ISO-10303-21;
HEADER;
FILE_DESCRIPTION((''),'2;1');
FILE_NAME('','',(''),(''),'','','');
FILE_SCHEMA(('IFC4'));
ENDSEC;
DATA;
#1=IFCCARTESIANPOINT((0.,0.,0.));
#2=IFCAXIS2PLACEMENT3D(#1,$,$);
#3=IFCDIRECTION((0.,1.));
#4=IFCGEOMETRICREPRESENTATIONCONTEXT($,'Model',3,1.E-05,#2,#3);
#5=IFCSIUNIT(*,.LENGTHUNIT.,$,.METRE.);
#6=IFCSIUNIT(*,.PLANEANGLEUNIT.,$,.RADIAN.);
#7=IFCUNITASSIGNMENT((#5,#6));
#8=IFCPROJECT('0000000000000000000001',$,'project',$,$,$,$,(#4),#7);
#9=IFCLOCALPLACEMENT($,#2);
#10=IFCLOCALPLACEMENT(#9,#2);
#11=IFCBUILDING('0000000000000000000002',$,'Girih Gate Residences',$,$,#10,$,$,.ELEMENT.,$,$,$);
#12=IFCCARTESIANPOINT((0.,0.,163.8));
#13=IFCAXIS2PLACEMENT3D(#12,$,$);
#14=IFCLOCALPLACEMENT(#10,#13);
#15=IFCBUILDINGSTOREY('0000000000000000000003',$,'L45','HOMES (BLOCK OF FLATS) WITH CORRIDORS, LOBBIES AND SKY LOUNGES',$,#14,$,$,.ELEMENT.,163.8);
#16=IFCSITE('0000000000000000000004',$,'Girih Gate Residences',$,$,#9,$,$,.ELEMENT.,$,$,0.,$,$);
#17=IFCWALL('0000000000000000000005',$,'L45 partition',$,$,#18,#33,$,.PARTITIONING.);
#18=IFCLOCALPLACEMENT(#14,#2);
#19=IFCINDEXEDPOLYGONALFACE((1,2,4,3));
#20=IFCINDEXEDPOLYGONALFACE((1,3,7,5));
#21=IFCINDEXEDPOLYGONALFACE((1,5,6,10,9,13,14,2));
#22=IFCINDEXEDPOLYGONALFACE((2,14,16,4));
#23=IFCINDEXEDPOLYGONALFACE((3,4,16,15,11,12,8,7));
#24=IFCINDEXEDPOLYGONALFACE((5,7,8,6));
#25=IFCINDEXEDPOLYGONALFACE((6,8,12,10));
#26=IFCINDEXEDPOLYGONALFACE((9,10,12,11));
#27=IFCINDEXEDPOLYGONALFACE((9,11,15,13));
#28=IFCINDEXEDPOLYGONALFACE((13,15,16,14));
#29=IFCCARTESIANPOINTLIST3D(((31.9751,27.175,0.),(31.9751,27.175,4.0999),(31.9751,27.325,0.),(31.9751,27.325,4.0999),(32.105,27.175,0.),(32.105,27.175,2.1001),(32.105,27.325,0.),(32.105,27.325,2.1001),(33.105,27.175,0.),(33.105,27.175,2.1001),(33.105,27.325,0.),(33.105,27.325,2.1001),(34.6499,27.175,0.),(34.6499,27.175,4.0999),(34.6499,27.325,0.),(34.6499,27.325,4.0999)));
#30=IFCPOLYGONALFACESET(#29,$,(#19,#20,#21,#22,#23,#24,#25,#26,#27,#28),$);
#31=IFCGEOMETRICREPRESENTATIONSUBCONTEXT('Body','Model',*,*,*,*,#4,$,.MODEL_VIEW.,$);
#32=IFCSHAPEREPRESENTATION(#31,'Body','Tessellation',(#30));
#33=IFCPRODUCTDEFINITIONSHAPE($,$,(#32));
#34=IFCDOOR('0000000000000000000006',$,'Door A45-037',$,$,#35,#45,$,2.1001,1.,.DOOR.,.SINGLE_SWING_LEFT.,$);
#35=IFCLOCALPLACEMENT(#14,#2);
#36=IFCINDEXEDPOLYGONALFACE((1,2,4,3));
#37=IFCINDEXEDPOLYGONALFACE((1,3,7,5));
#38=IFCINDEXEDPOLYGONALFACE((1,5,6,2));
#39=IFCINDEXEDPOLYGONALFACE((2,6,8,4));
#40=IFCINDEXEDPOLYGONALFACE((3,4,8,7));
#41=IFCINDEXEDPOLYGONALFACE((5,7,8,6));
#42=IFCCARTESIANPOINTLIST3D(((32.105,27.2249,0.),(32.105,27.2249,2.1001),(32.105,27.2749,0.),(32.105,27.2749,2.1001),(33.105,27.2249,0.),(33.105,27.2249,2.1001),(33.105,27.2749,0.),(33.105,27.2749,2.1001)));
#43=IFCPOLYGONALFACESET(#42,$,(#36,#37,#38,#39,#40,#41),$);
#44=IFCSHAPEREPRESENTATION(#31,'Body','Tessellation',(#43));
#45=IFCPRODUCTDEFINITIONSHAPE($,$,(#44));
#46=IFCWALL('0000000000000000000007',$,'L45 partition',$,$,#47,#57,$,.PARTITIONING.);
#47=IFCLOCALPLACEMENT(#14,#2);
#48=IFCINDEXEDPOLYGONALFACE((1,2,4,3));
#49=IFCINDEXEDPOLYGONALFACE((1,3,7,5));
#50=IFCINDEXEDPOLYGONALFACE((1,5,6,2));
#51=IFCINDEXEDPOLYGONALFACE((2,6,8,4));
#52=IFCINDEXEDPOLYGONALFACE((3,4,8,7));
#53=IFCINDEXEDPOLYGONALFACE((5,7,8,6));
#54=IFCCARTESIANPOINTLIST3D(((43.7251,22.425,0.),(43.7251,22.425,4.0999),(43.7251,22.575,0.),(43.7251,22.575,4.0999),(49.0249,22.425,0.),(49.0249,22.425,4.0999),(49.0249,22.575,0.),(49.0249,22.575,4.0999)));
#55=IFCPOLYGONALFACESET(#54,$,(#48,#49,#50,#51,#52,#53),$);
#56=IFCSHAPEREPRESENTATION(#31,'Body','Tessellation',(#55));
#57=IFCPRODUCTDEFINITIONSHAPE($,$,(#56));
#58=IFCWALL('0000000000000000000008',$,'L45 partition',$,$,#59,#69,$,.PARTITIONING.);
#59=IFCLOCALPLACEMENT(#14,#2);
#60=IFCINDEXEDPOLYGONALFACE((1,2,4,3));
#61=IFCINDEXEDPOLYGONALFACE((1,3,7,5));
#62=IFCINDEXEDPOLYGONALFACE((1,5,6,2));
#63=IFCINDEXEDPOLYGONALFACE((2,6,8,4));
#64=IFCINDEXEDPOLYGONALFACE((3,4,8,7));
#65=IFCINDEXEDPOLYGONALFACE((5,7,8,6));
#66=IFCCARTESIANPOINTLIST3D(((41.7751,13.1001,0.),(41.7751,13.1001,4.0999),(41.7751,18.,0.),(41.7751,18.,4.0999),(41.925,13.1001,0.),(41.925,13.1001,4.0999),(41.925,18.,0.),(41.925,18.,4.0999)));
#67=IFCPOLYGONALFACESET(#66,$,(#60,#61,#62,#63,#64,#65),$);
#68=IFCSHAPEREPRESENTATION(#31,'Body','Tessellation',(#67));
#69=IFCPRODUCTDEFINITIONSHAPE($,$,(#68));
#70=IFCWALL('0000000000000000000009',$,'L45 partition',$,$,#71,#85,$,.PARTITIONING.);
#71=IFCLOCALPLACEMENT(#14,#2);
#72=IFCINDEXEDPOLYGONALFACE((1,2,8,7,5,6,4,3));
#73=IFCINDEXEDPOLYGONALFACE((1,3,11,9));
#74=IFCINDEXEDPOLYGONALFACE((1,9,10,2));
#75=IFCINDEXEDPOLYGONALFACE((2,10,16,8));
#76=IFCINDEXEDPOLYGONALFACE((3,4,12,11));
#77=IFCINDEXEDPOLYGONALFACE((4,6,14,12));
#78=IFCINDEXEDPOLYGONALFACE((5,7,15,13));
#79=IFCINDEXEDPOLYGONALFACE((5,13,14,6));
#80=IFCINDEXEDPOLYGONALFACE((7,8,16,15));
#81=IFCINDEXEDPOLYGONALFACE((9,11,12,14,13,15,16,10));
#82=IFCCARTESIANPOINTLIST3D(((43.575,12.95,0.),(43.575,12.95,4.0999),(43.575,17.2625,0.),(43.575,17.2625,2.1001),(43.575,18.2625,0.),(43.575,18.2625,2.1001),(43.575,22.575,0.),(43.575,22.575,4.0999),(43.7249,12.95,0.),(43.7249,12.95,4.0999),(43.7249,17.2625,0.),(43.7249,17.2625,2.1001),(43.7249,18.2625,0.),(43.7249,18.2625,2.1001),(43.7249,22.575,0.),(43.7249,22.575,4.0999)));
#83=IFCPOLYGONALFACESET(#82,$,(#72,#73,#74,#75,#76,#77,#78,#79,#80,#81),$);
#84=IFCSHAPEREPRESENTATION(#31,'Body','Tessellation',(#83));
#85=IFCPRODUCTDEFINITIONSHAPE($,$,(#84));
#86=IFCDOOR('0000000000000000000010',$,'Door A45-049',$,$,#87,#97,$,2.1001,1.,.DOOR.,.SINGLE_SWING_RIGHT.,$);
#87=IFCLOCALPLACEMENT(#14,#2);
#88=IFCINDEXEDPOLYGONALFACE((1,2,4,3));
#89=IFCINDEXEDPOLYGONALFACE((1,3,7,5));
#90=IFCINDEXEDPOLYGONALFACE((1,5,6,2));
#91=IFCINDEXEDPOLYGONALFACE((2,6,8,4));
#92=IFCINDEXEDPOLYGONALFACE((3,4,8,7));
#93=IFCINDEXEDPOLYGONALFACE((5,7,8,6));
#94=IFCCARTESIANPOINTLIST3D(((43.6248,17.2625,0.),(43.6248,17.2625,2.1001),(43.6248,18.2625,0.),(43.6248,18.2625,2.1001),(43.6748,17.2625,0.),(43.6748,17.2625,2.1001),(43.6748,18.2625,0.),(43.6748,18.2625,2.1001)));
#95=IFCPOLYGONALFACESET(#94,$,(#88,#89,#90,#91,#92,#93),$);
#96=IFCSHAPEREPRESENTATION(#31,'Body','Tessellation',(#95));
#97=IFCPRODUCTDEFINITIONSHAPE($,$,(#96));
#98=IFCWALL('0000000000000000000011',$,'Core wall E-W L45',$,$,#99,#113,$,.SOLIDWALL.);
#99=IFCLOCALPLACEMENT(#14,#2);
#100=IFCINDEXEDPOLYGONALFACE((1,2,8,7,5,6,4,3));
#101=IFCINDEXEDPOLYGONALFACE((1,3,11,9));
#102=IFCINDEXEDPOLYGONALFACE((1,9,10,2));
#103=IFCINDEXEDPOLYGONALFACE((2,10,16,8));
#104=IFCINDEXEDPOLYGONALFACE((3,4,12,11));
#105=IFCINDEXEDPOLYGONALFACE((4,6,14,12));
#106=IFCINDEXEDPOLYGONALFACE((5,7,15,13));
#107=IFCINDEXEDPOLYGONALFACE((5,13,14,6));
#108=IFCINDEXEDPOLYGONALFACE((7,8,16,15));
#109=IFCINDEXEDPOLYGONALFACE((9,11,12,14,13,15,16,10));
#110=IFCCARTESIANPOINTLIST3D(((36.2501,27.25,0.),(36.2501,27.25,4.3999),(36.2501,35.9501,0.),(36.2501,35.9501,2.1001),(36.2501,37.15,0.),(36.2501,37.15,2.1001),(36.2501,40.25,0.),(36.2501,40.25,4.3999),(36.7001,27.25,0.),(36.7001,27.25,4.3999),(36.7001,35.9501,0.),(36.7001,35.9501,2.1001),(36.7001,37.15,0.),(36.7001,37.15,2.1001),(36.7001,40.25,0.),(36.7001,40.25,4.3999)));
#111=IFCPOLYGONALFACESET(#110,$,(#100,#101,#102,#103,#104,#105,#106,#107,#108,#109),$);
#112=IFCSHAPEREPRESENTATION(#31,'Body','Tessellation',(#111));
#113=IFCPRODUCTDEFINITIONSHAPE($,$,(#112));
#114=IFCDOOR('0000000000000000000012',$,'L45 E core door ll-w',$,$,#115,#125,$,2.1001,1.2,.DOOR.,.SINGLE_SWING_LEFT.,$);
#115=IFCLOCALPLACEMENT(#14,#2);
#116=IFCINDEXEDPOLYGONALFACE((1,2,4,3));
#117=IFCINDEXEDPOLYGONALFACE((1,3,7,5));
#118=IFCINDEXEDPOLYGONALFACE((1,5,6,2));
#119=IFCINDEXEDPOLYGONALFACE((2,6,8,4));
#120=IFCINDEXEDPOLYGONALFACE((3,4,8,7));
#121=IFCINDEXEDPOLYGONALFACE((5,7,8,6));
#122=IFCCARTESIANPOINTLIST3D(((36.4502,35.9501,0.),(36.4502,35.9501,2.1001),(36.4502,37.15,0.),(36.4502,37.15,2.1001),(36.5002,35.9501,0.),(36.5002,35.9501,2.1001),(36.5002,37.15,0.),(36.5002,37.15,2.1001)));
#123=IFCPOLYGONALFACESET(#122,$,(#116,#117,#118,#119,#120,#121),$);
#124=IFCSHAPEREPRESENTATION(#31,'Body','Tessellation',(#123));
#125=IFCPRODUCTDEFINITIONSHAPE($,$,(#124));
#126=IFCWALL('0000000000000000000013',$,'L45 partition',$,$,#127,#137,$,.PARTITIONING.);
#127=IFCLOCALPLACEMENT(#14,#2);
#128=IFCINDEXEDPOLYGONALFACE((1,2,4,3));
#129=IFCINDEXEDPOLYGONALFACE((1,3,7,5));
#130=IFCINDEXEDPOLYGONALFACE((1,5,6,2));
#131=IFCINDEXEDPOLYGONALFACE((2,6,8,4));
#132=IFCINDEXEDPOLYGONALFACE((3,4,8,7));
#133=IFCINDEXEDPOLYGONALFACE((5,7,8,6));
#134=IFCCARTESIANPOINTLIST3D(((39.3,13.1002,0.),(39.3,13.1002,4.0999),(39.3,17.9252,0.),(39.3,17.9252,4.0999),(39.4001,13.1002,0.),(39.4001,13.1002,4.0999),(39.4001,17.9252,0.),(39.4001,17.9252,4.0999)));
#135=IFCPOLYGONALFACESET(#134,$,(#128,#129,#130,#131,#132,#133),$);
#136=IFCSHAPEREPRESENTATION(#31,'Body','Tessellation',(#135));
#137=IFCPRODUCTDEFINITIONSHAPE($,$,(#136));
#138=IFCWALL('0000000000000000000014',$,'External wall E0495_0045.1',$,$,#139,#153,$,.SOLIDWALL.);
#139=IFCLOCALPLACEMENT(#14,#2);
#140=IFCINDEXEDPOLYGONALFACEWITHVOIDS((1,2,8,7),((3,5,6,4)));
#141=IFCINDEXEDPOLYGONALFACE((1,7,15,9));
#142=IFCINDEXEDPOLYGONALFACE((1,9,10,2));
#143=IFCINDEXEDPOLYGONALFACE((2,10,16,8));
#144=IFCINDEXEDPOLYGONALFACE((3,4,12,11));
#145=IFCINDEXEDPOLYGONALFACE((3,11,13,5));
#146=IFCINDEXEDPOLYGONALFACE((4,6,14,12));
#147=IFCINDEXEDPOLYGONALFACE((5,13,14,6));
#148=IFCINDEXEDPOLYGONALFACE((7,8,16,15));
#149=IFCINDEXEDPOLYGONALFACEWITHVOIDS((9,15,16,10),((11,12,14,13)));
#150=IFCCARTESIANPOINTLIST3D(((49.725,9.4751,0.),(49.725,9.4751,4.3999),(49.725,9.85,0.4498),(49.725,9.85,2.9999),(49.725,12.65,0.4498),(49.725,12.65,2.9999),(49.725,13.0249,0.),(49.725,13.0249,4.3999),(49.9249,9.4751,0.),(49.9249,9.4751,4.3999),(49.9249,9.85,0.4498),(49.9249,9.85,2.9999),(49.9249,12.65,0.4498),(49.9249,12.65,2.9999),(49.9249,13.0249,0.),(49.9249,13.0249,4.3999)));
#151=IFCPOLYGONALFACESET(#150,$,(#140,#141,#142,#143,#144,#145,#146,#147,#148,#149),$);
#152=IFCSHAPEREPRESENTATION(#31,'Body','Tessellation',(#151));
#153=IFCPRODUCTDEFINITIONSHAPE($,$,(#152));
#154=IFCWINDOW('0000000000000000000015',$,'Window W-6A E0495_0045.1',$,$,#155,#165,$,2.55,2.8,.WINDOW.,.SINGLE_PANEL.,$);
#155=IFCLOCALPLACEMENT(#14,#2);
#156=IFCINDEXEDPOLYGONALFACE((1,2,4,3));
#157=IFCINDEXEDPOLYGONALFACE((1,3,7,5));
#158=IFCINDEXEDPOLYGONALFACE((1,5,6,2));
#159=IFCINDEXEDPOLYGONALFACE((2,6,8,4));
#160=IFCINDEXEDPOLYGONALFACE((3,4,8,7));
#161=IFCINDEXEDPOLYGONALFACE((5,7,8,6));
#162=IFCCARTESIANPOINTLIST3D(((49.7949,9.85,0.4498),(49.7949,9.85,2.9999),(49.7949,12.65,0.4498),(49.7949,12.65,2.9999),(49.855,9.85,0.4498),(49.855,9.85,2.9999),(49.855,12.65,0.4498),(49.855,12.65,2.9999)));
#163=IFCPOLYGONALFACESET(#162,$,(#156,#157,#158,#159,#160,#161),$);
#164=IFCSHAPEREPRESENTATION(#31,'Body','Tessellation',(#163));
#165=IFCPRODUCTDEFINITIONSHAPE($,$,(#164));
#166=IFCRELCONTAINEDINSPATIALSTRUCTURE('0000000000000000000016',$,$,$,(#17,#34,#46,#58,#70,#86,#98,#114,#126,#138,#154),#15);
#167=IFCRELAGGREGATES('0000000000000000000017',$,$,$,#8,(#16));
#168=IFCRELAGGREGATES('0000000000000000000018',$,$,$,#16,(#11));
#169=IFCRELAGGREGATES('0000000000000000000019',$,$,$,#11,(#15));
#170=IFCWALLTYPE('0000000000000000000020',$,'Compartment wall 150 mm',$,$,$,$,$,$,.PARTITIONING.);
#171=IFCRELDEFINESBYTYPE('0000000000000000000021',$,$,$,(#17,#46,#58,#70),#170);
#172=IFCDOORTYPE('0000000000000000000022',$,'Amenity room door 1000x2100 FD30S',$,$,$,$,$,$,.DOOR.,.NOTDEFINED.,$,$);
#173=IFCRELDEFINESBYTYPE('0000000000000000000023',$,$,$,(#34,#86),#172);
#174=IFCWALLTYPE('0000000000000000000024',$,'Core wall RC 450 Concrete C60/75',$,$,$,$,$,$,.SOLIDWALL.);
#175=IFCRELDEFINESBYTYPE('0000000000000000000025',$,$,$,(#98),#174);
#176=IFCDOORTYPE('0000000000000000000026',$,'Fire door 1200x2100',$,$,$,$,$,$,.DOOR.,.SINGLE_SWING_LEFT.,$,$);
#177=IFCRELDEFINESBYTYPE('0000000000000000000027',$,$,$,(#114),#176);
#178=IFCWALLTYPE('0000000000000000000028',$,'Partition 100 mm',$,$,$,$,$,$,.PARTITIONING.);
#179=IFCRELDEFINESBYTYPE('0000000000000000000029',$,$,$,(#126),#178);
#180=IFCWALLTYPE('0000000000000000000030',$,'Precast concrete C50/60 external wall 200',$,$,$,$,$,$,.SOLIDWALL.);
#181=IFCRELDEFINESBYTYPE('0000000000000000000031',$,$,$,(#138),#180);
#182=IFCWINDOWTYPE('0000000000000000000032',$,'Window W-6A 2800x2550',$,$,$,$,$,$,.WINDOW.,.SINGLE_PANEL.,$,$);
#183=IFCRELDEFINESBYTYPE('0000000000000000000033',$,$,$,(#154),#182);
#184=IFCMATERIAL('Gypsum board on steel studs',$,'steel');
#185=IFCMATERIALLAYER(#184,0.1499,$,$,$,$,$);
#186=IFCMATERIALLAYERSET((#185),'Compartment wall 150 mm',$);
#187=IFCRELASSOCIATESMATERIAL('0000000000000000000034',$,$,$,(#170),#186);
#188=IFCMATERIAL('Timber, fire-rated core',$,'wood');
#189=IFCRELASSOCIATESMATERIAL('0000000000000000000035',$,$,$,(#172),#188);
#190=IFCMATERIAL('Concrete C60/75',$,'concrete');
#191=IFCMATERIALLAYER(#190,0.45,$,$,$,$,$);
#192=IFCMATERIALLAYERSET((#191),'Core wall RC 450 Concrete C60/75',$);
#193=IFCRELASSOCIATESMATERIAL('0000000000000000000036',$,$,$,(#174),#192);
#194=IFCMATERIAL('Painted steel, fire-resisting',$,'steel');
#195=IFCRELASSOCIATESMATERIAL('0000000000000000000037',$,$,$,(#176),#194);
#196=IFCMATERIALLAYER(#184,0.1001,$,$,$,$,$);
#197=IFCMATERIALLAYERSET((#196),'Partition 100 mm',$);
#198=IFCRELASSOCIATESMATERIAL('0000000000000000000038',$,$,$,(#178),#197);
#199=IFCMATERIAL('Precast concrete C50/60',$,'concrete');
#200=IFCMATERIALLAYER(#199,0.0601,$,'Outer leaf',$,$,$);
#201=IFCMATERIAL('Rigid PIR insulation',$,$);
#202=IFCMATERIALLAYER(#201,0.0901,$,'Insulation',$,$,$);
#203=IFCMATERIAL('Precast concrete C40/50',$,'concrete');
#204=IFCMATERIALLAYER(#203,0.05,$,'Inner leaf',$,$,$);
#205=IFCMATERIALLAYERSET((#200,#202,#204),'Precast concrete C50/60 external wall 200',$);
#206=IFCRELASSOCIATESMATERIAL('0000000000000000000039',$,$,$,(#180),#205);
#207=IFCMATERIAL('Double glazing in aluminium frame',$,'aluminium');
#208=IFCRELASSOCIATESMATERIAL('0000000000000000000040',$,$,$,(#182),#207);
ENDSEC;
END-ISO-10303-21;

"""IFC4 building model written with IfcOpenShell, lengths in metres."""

from ifc_helpers import new_model, si_unit, direction, frame, frame_2d, origin, place, context, subcontext, project, spatial, rectangle, extrude, material, layer, layer_set, type_object, element, fill, save


model = new_model("IFC4")

# Units and contexts
model_context = context("Model", 3, precision=1e-05, world=origin(), true_north=direction((0.0, 1.0)))
body_context = subcontext(model_context, "Body", "Model", "MODEL_VIEW")
ifc_project = project(units=[si_unit("LENGTHUNIT", "METRE"), si_unit("PLANEANGLEUNIT", "RADIAN")], contexts=[model_context])

# Site, building, storey
site_placement = place(None, origin())
site = spatial("IfcSite", under=ifc_project, at=site_placement, Name="Girih Gate Residences", CompositionType="ELEMENT", RefElevation=0.0)
building_placement = place(site_placement, origin())
building = spatial("IfcBuilding", under=site, at=building_placement, Name="Girih Gate Residences", CompositionType="ELEMENT")
storey_placement = place(building_placement, frame((0.0, 0.0, 163.8)))
storey = spatial("IfcBuildingStorey", under=building, at=storey_placement, Name="L45", Description="HOMES (BLOCK OF FLATS) WITH CORRIDORS, LOBBIES AND SKY LOUNGES", CompositionType="ELEMENT", Elevation=163.8)

# Shared definitions
ifc_material_1 = material(Name="Concrete C60/75", Category="concrete")

# Shared definitions
ifc_material_2 = material(Name="Gypsum board on steel studs", Category="steel")
ifc_layer_1 = layer(ifc_material_2, 0.1499)
ifc_layer_set_1 = layer_set([ifc_layer_1], Name="Compartment wall 150 mm")
wall_type_1 = type_object("IfcWallType", Name="Compartment wall 150 mm", PredefinedType="PARTITIONING", material=ifc_layer_set_1)
ifc_material_3 = material(Name="Timber, fire-rated core", Category="wood")
door_type_1 = type_object("IfcDoorType", Name="Amenity room door 1000x2100 FD30S", OperationType="NOTDEFINED", PredefinedType="DOOR", material=ifc_material_3)

# Wall, opening, door
wall_1_placement = place(storey_placement, frame((31.9751, 27.25, 0.0), z_axis=(0.0, 0.0, 1.0), x_axis=(1.0, 0.0, 0.0)))
wall_1 = element("IfcWall", 1, at=wall_1_placement, inside=storey, type_object=wall_type_1, Name="L45 partition", PredefinedType="PARTITIONING", context=body_context, shape_type="SweptSolid", body=[
    extrude(rectangle(XDim=2.6748, YDim=0.1499, at=frame_2d((1.3374, 0.0))), origin(), (0.0, 0.0, 1.0), 4.0999),
])
opening_1_placement = place(wall_1_placement, frame((0.1299, 0.0, 0.0)))
opening_1 = element("IfcOpeningElement", 2, at=opening_1_placement, cuts=wall_1, PredefinedType="OPENING", context=body_context, shape_type="SweptSolid", body=[
    extrude(rectangle(XDim=1.0, YDim=2.1001, at=frame_2d((0.5, 1.05))), frame((0.0, 0.085, 0.0), z_axis=(0.0, -1.0, 0.0), x_axis=(1.0, 0.0, 0.0)), (0.0, 0.0, 1.0), 0.1699),
])
door_1_placement = place(opening_1_placement, origin())
door_1 = element("IfcDoor", 3, at=door_1_placement, inside=storey, type_object=door_type_1, Name="Door A45-037", OperationType="SINGLE_SWING_LEFT", OverallHeight=2.1001, OverallWidth=1.0, PredefinedType="DOOR", context=body_context, shape_type="SweptSolid", body=[
    extrude(rectangle(XDim=1.0, YDim=2.1001, at=frame_2d((0.5, 1.05))), frame((0.0, 0.0249, 0.0), z_axis=(0.0, -1.0, 0.0), x_axis=(1.0, 0.0, 0.0)), (0.0, 0.0, 1.0), 0.05),
])
fill(opening_1, door_1)

# Walls
wall_2_placement = place(storey_placement, frame((43.7251, 22.5, 0.0), z_axis=(0.0, 0.0, 1.0), x_axis=(1.0, 0.0, 0.0)))
element("IfcWall", 4, at=wall_2_placement, inside=storey, type_object=wall_type_1, Name="L45 partition", PredefinedType="PARTITIONING", context=body_context, shape_type="SweptSolid", body=[
    extrude(rectangle(XDim=5.2998, YDim=0.1499, at=frame_2d((2.6499, 0.0))), origin(), (0.0, 0.0, 1.0), 4.0999),
])
wall_3_placement = place(storey_placement, frame((41.8501, 13.1001, 0.0), z_axis=(0.0, 0.0, 1.0), x_axis=(0.0, 1.0, 0.0)))
element("IfcWall", 5, at=wall_3_placement, inside=storey, type_object=wall_type_1, Name="L45 partition", PredefinedType="PARTITIONING", context=body_context, shape_type="SweptSolid", body=[
    extrude(rectangle(XDim=4.8999, YDim=0.1499, at=frame_2d((2.45, 0.0))), origin(), (0.0, 0.0, 1.0), 4.0999),
])

# Walls, openings, doors
wall_4_placement = place(storey_placement, frame((43.6499, 22.575, 0.0), z_axis=(0.0, 0.0, 1.0), x_axis=(0.0, -1.0, 0.0)))
wall_4 = element("IfcWall", 6, at=wall_4_placement, inside=storey, type_object=wall_type_1, Name="L45 partition", PredefinedType="PARTITIONING", context=body_context, shape_type="SweptSolid", body=[
    extrude(rectangle(XDim=9.625, YDim=0.1499, at=frame_2d((4.8125, 0.0))), origin(), (0.0, 0.0, 1.0), 4.0999),
])
opening_2_placement = place(wall_4_placement, frame((4.3125, 0.0, 0.0)))
opening_2 = element("IfcOpeningElement", 7, at=opening_2_placement, cuts=wall_4, PredefinedType="OPENING", context=body_context, shape_type="SweptSolid", body=[
    extrude(rectangle(XDim=1.0, YDim=2.1001, at=frame_2d((0.5, 1.05))), frame((0.0, 0.085, 0.0), z_axis=(0.0, -1.0, 0.0), x_axis=(1.0, 0.0, 0.0)), (0.0, 0.0, 1.0), 0.1699),
])
door_2_placement = place(opening_2_placement, origin())
door_2 = element("IfcDoor", 8, at=door_2_placement, inside=storey, type_object=door_type_1, Name="Door A45-049", OperationType="SINGLE_SWING_RIGHT", OverallHeight=2.1001, OverallWidth=1.0, PredefinedType="DOOR", context=body_context, shape_type="SweptSolid", body=[
    extrude(rectangle(XDim=1.0, YDim=2.1001, at=frame_2d((0.5, 1.05))), frame((0.0, 0.0249, 0.0), z_axis=(0.0, -1.0, 0.0), x_axis=(1.0, 0.0, 0.0)), (0.0, 0.0, 1.0), 0.05),
])
fill(opening_2, door_2)
ifc_layer_2 = layer(ifc_material_1, 0.45)
ifc_layer_set_2 = layer_set([ifc_layer_2], Name="Core wall RC 450 Concrete C60/75")
wall_type_2 = type_object("IfcWallType", Name="Core wall RC 450 Concrete C60/75", PredefinedType="SOLIDWALL", material=ifc_layer_set_2)
wall_5_placement = place(storey_placement, frame((36.4751, 27.25, 0.0), z_axis=(0.0, 0.0, 1.0), x_axis=(0.0, 1.0, 0.0)))
wall_5 = element("IfcWall", 9, at=wall_5_placement, inside=storey, type_object=wall_type_2, Name="Core wall E-W L45", PredefinedType="SOLIDWALL", context=body_context, shape_type="SweptSolid", body=[
    extrude(rectangle(XDim=13.0, YDim=0.45, at=frame_2d((6.5, 0.0))), origin(), (0.0, 0.0, 1.0), 4.3999),
])
opening_3_placement = place(wall_5_placement, frame((8.7, 0.0, 0.0)))
opening_3 = element("IfcOpeningElement", 10, at=opening_3_placement, cuts=wall_5, PredefinedType="OPENING", context=body_context, shape_type="SweptSolid", body=[
    extrude(rectangle(XDim=1.2, YDim=2.1001, at=frame_2d((0.6001, 1.05))), frame((0.0, 0.2349, 0.0), z_axis=(0.0, -1.0, 0.0), x_axis=(1.0, 0.0, 0.0)), (0.0, 0.0, 1.0), 0.47),
])
ifc_material_4 = material(Name="Painted steel, fire-resisting", Category="steel")
door_type_2 = type_object("IfcDoorType", Name="Fire door 1200x2100", OperationType="SINGLE_SWING_LEFT", PredefinedType="DOOR", material=ifc_material_4)
door_3_placement = place(opening_3_placement, origin())
door_3 = element("IfcDoor", 11, at=door_3_placement, inside=storey, type_object=door_type_2, Name="L45 E core door ll-w", OperationType="SINGLE_SWING_LEFT", OverallHeight=2.1001, OverallWidth=1.2, PredefinedType="DOOR", context=body_context, shape_type="SweptSolid", body=[
    extrude(rectangle(XDim=1.2, YDim=2.1001, at=frame_2d((0.6001, 1.05))), frame((0.0, 0.0249, 0.0), z_axis=(0.0, -1.0, 0.0), x_axis=(1.0, 0.0, 0.0)), (0.0, 0.0, 1.0), 0.05),
])
fill(opening_3, door_3)

# Wall
ifc_layer_3 = layer(ifc_material_2, 0.1001)
ifc_layer_set_3 = layer_set([ifc_layer_3], Name="Partition 100 mm")
wall_type_3 = type_object("IfcWallType", Name="Partition 100 mm", PredefinedType="PARTITIONING", material=ifc_layer_set_3)
wall_6_placement = place(storey_placement, frame((39.3501, 13.1001, 0.0), z_axis=(0.0, 0.0, 1.0), x_axis=(0.0, 1.0, 0.0)))
element("IfcWall", 12, at=wall_6_placement, inside=storey, type_object=wall_type_3, Name="L45 partition", PredefinedType="PARTITIONING", context=body_context, shape_type="SweptSolid", body=[
    extrude(rectangle(XDim=4.825, YDim=0.1001, at=frame_2d((2.4126, 0.0))), origin(), (0.0, 0.0, 1.0), 4.0999),
])

# Wall, opening, window
ifc_material_5 = material(Name="Precast concrete C50/60", Category="concrete")
ifc_layer_4 = layer(ifc_material_5, 0.0601, Name="Outer leaf")
ifc_material_6 = material(Name="Rigid PIR insulation")
ifc_layer_5 = layer(ifc_material_6, 0.0901, Name="Insulation")
ifc_material_7 = material(Name="Precast concrete C40/50", Category="concrete")
ifc_layer_6 = layer(ifc_material_7, 0.05, Name="Inner leaf")
ifc_layer_set_4 = layer_set([ifc_layer_4, ifc_layer_5, ifc_layer_6], Name="Precast concrete C50/60 external wall 200")
wall_type_4 = type_object("IfcWallType", Name="Precast concrete C50/60 external wall 200", PredefinedType="SOLIDWALL", material=ifc_layer_set_4)
wall_7_placement = place(storey_placement, frame((49.825, 13.0249, 0.0), z_axis=(0.0, 0.0, 1.0), x_axis=(0.0, -1.0, 0.0)))
wall_7 = element("IfcWall", 13, at=wall_7_placement, inside=storey, type_object=wall_type_4, Name="External wall E0495_0045.1", PredefinedType="SOLIDWALL", context=body_context, shape_type="SweptSolid", body=[
    extrude(rectangle(XDim=3.5498, YDim=0.2, at=frame_2d((1.7749, 0.0))), origin(), (0.0, 0.0, 1.0), 4.3999),
])
opening_4_placement = place(wall_7_placement, frame((0.375, 0.0, 0.45)))
opening_4 = element("IfcOpeningElement", 14, at=opening_4_placement, cuts=wall_7, PredefinedType="OPENING", context=body_context, shape_type="SweptSolid", body=[
    extrude(rectangle(XDim=2.8, YDim=2.55, at=frame_2d((1.3999, 1.2749))), frame((0.0, 0.1099, 0.0), z_axis=(0.0, -1.0, 0.0), x_axis=(1.0, 0.0, 0.0)), (0.0, 0.0, 1.0), 0.22),
])
ifc_material_8 = material(Name="Double glazing in aluminium frame", Category="aluminium")
window_type = type_object("IfcWindowType", Name="Window W-6A 2800x2550", PartitioningType="SINGLE_PANEL", PredefinedType="WINDOW", material=ifc_material_8)
window_1_placement = place(opening_4_placement, origin())
window_1 = element("IfcWindow", 15, at=window_1_placement, inside=storey, type_object=window_type, Name="Window W-6A E0495_0045.1", OverallHeight=2.55, OverallWidth=2.8, PartitioningType="SINGLE_PANEL", PredefinedType="WINDOW", context=body_context, shape_type="SweptSolid", body=[
    extrude(rectangle(XDim=2.8, YDim=2.55, at=frame_2d((1.3999, 1.2749))), frame((0.0, 0.03, 0.0), z_axis=(0.0, -1.0, 0.0), x_axis=(1.0, 0.0, 0.0)), (0.0, 0.0, 1.0), 0.0601),
])
fill(opening_4, window_1)

save(model, "model.ifc")
